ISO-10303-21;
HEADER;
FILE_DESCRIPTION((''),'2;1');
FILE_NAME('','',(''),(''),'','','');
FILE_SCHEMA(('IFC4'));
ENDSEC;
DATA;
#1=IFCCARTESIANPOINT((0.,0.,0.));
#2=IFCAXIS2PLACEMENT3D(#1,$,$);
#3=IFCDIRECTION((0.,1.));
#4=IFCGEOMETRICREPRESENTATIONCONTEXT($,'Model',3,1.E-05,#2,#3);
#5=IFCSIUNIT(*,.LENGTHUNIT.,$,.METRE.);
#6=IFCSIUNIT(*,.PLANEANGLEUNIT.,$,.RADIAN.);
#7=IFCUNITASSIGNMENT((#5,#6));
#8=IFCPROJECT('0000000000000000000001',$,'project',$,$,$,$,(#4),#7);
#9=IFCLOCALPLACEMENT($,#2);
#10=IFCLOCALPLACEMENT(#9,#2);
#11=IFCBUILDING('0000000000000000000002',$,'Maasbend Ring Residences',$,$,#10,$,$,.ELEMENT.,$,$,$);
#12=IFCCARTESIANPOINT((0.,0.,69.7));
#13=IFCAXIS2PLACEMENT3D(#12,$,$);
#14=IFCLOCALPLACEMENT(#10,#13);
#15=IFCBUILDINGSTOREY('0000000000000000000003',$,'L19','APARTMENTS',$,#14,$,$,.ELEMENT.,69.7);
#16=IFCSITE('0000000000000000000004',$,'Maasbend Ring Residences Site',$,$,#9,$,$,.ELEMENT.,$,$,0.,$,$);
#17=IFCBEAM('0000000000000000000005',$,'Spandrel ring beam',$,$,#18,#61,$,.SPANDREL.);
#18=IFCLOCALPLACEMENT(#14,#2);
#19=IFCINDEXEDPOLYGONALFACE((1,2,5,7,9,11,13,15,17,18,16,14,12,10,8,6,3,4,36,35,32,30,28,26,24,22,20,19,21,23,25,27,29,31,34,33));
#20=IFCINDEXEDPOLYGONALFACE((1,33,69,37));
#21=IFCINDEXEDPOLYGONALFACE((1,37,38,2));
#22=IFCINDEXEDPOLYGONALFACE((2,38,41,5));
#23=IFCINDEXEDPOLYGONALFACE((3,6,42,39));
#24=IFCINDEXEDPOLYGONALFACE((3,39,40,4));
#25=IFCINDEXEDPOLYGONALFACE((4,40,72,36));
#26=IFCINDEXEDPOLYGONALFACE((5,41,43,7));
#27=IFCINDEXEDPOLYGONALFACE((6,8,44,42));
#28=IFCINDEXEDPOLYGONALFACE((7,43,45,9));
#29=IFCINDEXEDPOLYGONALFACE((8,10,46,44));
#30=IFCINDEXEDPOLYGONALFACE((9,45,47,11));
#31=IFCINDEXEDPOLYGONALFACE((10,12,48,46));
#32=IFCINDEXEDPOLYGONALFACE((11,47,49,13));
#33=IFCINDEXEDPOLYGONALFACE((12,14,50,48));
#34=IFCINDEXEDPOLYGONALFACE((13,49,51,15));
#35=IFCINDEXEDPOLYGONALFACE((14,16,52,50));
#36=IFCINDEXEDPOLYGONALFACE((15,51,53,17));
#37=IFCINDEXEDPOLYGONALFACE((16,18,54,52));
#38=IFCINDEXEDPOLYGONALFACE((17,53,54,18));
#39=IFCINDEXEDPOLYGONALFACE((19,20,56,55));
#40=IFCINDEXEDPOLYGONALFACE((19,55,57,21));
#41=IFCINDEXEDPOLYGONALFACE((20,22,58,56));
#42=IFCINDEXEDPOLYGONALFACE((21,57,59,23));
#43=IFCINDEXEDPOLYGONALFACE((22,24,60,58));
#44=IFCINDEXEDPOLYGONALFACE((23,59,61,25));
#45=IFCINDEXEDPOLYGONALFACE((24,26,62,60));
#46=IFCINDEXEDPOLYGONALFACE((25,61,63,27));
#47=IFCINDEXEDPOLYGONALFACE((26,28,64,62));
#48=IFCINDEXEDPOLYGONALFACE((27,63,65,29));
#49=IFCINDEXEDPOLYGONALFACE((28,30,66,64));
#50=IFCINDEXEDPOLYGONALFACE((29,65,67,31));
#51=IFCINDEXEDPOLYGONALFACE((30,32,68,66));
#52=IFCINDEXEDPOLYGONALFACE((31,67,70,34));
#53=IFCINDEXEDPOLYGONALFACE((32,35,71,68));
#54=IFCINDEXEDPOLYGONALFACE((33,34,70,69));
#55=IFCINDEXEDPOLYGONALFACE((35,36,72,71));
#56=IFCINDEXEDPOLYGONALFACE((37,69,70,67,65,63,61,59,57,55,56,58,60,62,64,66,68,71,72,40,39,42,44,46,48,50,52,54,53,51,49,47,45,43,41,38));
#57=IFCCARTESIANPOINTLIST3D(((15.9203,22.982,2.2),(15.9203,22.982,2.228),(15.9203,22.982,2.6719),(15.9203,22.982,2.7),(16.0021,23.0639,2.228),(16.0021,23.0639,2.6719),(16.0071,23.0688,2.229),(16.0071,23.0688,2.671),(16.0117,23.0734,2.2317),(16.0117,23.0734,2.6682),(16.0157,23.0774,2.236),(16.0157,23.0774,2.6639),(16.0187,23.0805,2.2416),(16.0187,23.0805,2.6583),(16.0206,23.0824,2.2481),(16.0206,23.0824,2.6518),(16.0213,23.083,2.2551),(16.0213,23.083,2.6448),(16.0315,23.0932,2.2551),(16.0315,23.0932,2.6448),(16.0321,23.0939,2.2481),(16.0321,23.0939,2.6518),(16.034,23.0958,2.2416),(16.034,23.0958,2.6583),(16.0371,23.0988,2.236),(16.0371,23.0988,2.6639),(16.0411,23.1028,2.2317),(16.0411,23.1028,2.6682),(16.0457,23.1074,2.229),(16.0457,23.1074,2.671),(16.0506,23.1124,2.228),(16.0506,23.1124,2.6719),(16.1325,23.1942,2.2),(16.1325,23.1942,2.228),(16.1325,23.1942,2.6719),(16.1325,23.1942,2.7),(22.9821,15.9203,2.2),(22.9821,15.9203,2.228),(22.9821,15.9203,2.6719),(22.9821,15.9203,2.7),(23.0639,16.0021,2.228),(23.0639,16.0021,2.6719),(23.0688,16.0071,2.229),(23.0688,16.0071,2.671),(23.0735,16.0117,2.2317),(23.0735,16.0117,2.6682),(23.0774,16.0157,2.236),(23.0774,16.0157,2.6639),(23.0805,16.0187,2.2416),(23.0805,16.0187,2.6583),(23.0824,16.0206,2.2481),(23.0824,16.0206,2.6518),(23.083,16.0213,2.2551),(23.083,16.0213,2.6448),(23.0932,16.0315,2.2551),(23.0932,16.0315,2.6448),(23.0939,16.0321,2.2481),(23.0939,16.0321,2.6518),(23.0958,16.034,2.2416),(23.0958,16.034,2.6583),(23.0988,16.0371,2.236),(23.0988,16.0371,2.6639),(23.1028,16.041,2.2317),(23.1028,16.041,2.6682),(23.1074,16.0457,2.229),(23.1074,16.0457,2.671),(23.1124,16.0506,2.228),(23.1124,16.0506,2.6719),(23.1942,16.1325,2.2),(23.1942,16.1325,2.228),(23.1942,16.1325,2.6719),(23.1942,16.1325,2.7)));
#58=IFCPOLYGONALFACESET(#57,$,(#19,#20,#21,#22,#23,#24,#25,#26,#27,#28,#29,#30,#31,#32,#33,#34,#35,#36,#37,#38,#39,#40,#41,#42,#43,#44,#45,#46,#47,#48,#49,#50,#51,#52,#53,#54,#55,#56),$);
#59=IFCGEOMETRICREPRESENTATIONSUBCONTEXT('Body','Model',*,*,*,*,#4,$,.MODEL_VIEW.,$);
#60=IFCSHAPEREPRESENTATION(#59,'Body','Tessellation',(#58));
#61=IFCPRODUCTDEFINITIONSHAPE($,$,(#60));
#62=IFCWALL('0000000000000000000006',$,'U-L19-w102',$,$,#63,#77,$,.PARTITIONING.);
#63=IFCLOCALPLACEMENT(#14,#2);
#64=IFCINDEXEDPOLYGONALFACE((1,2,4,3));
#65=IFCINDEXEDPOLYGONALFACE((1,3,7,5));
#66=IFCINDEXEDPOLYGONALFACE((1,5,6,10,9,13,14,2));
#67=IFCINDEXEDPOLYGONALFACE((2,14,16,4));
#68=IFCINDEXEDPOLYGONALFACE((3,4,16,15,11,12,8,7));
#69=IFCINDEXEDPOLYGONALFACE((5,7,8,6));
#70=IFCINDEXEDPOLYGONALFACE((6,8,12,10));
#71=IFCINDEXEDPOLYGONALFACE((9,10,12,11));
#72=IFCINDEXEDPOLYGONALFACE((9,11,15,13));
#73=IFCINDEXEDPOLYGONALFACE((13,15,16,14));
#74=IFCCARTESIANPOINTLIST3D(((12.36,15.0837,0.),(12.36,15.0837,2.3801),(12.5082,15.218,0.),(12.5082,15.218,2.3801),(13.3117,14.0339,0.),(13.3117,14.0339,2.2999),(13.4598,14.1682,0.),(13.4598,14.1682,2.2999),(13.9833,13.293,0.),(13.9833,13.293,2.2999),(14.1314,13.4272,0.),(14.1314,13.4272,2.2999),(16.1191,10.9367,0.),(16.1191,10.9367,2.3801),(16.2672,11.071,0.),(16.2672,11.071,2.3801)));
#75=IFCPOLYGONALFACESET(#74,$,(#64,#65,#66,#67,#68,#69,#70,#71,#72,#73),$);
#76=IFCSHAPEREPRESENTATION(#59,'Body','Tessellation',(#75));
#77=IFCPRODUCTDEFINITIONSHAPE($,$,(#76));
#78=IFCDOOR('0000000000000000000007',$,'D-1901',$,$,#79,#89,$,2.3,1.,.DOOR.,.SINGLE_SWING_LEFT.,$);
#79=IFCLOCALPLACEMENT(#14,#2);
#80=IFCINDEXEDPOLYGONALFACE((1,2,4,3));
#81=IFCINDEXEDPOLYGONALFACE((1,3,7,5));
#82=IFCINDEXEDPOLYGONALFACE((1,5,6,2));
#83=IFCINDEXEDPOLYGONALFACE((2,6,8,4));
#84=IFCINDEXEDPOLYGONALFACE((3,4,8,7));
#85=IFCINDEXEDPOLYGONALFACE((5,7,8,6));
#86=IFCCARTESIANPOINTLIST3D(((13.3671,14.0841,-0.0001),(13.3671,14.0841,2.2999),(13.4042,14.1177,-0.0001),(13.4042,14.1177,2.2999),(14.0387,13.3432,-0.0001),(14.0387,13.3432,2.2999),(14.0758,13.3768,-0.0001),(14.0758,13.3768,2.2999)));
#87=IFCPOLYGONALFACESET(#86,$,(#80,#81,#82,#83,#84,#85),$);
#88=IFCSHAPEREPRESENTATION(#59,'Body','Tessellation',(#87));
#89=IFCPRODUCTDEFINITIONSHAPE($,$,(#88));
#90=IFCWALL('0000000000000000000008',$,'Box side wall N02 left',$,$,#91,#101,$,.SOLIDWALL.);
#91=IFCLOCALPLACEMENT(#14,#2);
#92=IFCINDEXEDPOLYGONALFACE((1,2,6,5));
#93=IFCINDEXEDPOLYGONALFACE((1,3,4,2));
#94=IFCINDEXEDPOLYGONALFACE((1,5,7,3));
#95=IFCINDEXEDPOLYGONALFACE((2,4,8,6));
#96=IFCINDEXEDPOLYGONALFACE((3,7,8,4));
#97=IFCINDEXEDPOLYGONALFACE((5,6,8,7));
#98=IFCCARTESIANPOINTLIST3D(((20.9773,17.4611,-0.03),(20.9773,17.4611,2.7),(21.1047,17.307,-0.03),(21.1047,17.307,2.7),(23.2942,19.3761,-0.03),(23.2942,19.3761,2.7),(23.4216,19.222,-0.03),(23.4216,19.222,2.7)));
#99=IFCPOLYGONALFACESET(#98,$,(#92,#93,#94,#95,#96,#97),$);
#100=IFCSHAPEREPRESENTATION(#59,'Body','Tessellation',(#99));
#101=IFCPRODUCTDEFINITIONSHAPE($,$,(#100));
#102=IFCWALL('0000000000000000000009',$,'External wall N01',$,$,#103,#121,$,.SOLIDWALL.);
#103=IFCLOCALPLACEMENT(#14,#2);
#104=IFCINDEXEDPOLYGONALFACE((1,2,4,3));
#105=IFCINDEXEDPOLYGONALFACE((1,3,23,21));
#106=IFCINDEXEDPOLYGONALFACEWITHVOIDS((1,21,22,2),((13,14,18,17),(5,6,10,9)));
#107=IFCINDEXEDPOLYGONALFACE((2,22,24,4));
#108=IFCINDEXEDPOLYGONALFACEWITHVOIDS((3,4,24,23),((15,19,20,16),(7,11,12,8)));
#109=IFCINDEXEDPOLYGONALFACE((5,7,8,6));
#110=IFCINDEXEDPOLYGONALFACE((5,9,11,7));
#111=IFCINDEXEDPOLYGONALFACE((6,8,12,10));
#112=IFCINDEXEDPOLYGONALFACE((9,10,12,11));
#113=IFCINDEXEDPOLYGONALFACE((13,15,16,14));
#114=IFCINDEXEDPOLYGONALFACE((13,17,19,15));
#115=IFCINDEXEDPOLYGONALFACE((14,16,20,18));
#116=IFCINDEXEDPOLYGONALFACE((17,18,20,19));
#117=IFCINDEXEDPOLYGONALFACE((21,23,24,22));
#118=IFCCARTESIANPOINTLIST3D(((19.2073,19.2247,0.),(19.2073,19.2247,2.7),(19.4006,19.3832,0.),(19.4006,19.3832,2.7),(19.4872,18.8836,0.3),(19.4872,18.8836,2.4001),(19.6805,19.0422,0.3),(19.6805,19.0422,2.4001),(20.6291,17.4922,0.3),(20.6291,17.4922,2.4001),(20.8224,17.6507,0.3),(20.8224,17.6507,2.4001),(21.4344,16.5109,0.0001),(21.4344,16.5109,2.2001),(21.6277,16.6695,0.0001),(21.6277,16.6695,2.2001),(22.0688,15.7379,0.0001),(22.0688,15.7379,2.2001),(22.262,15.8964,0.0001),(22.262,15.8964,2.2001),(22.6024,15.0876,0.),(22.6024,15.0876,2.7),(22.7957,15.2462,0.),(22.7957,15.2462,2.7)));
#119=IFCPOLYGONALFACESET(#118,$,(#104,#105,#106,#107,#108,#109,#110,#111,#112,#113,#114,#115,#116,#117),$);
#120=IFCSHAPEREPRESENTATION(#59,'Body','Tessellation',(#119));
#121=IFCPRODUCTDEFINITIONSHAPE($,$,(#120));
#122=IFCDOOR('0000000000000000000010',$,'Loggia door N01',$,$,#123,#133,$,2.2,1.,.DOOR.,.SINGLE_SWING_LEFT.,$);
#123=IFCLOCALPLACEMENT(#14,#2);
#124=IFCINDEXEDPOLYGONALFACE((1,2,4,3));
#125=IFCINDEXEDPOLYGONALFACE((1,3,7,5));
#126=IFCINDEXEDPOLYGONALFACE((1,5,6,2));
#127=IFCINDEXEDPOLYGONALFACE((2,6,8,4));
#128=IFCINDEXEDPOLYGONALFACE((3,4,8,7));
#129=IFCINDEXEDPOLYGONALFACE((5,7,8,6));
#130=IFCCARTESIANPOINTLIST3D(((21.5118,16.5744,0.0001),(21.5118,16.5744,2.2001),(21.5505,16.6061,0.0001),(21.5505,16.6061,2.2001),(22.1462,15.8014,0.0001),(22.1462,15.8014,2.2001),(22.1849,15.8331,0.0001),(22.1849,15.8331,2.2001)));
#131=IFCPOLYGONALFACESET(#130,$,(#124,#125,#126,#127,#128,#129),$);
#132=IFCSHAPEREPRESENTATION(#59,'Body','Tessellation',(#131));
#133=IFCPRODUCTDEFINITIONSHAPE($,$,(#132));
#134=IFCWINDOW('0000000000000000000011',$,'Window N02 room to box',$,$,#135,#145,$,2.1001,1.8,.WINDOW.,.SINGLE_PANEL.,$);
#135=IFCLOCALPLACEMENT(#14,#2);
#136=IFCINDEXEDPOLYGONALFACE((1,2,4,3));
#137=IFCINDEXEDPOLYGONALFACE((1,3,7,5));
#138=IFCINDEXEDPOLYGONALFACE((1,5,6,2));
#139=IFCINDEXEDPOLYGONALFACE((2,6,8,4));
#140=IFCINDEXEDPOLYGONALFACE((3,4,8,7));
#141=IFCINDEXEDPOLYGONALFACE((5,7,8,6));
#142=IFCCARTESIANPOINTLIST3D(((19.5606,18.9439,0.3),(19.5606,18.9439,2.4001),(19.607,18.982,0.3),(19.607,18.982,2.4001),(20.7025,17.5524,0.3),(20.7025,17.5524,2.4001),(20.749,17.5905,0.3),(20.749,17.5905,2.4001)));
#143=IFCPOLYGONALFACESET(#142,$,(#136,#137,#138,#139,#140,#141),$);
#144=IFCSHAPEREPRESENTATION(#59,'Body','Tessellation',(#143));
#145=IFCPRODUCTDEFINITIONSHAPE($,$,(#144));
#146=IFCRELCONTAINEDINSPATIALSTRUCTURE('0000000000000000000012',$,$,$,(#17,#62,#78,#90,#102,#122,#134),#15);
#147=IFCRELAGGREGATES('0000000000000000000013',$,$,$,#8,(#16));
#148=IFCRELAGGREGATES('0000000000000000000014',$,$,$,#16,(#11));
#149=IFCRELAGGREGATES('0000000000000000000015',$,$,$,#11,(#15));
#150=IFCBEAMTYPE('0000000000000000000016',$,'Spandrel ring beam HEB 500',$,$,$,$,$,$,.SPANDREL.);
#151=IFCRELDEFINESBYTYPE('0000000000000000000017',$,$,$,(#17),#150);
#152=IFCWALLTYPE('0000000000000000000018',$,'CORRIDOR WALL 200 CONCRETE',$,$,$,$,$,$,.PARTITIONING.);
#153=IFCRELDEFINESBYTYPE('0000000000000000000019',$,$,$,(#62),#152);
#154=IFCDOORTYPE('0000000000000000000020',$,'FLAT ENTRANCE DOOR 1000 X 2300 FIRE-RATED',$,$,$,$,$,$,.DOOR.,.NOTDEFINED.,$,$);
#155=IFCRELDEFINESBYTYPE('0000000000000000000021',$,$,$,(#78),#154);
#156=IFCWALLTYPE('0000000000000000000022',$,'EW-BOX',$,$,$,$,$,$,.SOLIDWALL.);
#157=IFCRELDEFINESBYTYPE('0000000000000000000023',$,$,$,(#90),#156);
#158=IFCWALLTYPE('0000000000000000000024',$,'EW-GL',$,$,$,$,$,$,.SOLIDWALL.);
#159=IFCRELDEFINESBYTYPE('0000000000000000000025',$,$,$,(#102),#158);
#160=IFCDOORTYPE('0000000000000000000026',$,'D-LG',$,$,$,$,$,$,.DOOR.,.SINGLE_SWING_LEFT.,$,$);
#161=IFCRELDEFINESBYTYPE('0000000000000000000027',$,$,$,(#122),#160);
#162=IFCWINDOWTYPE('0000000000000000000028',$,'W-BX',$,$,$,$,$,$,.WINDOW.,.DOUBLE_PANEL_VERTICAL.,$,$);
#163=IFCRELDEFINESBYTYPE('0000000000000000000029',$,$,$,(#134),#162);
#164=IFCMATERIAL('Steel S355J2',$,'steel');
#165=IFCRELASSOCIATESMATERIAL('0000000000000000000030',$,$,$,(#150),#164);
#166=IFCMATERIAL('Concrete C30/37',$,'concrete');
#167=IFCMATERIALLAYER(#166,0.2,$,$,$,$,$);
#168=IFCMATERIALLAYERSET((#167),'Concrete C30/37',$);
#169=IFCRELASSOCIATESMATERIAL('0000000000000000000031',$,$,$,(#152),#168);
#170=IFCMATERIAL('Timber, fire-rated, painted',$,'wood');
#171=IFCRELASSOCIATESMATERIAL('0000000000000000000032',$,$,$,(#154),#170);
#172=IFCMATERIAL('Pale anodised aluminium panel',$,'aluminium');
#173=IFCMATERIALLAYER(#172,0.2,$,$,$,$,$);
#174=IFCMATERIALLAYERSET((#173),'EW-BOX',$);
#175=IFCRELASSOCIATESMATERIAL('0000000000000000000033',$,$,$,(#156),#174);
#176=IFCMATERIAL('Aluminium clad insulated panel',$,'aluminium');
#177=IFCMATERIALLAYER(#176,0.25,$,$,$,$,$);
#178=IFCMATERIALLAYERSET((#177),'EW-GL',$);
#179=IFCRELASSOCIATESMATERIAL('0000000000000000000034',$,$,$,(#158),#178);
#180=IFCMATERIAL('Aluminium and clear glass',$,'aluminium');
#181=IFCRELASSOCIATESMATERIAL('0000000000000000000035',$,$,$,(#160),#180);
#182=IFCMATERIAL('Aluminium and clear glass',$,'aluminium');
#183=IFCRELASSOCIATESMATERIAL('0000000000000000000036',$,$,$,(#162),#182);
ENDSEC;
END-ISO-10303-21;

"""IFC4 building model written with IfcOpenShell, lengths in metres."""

from ifc_helpers import new_model, si_unit, direction, frame, frame_2d, origin, origin_2d, place, context, subcontext, project, spatial, rectangle, i_section, extrude, material, layer, layer_set, material_profile, profile_set, type_object, element, fill, save


model = new_model("IFC4")

# Units and contexts
model_context = context("Model", 3, precision=1e-05, world=origin(), true_north=direction((0.0, 1.0)))
body_context = subcontext(model_context, "Body", "Model", "MODEL_VIEW")
ifc_project = project(units=[si_unit("LENGTHUNIT", "METRE"), si_unit("PLANEANGLEUNIT", "RADIAN")], contexts=[model_context])

# Site, building, storey
site_placement = place(None, origin())
site = spatial("IfcSite", under=ifc_project, at=site_placement, Name="Maasbend Ring Residences Site", CompositionType="ELEMENT", RefElevation=0.0)
building_placement = place(site_placement, origin())
building = spatial("IfcBuilding", under=site, at=building_placement, Name="Maasbend Ring Residences", CompositionType="ELEMENT")
storey_placement = place(building_placement, frame((0.0, 0.0, 69.7)))
storey = spatial("IfcBuildingStorey", under=building, at=storey_placement, Name="L19", Description="APARTMENTS", CompositionType="ELEMENT", Elevation=69.7)

# Beam
ifc_material_1 = material(Name="Steel S355J2", Category="steel")
ifc_material_profile_1 = material_profile(ifc_material_1, i_section(OverallWidth=0.3, OverallDepth=0.5, WebThickness=0.0144, FlangeThickness=0.0281, FilletRadius=0.0271, at=origin_2d()), Name="HEB 500")
ifc_profile_set_1 = profile_set([ifc_material_profile_1], Name="Steel S355J2")
beam_type_1 = type_object("IfcBeamType", Name="Spandrel ring beam HEB 500", PredefinedType="SPANDREL", material=ifc_profile_set_1)
beam_1_placement = place(storey_placement, frame((23.0881, 16.0264, 2.45), z_axis=(-0.707107, 0.707107, 0.0), x_axis=(-0.707107, -0.707107, 0.0)))
element("IfcBeam", 1, at=beam_1_placement, inside=storey, type_object=beam_type_1, Name="Spandrel ring beam", PredefinedType="SPANDREL", context=body_context, shape_type="SweptSolid", body=[
    extrude(i_section(OverallWidth=0.3, OverallDepth=0.5, WebThickness=0.0144, FlangeThickness=0.0281, FilletRadius=0.0271, at=origin_2d()), origin(), (0.0, 0.0, 1.0), 9.9868),
])

# Wall, opening, door
ifc_material_2 = material(Name="Concrete C30/37", Category="concrete")
ifc_layer_1 = layer(ifc_material_2, 0.2)
ifc_layer_set_1 = layer_set([ifc_layer_1], Name="Concrete C30/37")
wall_type_1 = type_object("IfcWallType", Name="CORRIDOR WALL 200 CONCRETE", PredefinedType="PARTITIONING", material=ifc_layer_set_1)
wall_1_placement = place(storey_placement, frame((12.4341, 15.1509, 0.0), z_axis=(0.0, 0.0, 1.0), x_axis=(0.671602, -0.740912, 0.0)))
wall_1 = element("IfcWall", 2, at=wall_1_placement, inside=storey, type_object=wall_type_1, Name="U-L19-w102", PredefinedType="PARTITIONING", context=body_context, shape_type="SweptSolid", body=[
    extrude(rectangle(XDim=5.5972, YDim=0.2, at=frame_2d((2.7986, 0.0))), origin(), (0.0, 0.0, 1.0), 2.3801),
])
opening_1_placement = place(wall_1_placement, frame((1.417, 0.0, 0.0)))
opening_1 = element("IfcOpeningElement", 3, at=opening_1_placement, cuts=wall_1, PredefinedType="OPENING", context=body_context, shape_type="SweptSolid", body=[
    extrude(rectangle(XDim=1.0, YDim=2.3, at=frame_2d((0.5, 1.1499))), frame((0.0, 0.1099, 0.0), z_axis=(0.0, -1.0, 0.0), x_axis=(1.0, 0.0, 0.0)), (0.0, 0.0, 1.0), 0.22),
])
ifc_material_3 = material(Name="Timber, fire-rated, painted", Category="wood")
door_type_1 = type_object("IfcDoorType", Name="FLAT ENTRANCE DOOR 1000 X 2300 FIRE-RATED", OperationType="NOTDEFINED", PredefinedType="DOOR", material=ifc_material_3)
door_1_placement = place(opening_1_placement, origin())
door_1 = element("IfcDoor", 4, at=door_1_placement, inside=storey, type_object=door_type_1, Name="D-1901", OperationType="SINGLE_SWING_LEFT", OverallHeight=2.3, OverallWidth=1.0, PredefinedType="DOOR", context=body_context, shape_type="SweptSolid", body=[
    extrude(rectangle(XDim=1.0, YDim=2.3, at=frame_2d((0.5, 1.1499))), frame((0.0, 0.0249, 0.0), z_axis=(0.0, -1.0, 0.0), x_axis=(1.0, 0.0, 0.0)), (0.0, 0.0, 1.0), 0.05),
])
fill(opening_1, door_1)

# Wall
ifc_material_4 = material(Name="Pale anodised aluminium panel", Category="aluminium")
ifc_layer_2 = layer(ifc_material_4, 0.2)
ifc_layer_set_2 = layer_set([ifc_layer_2], Name="EW-BOX")
wall_type_2 = type_object("IfcWallType", Name="EW-BOX", PredefinedType="SOLIDWALL", material=ifc_layer_set_2)
wall_2_placement = place(storey_placement, frame((21.041, 17.384, -0.03), z_axis=(0.0, 0.0, 1.0), x_axis=(0.770785, 0.637096, 0.0)))
element("IfcWall", 5, at=wall_2_placement, inside=storey, type_object=wall_type_2, Name="Box side wall N02 left", PredefinedType="SOLIDWALL", context=body_context, shape_type="SweptSolid", body=[
    extrude(rectangle(XDim=3.0059, YDim=0.2, at=frame_2d((1.5029, 0.0))), origin(), (0.0, 0.0, 1.0), 2.73),
])

# Wall, openings, door, window
ifc_material_5 = material(Name="Aluminium clad insulated panel", Category="aluminium")
ifc_layer_3 = layer(ifc_material_5, 0.25)
ifc_layer_set_3 = layer_set([ifc_layer_3], Name="EW-GL")
wall_type_3 = type_object("IfcWallType", Name="EW-GL", PredefinedType="SOLIDWALL", material=ifc_layer_set_3)
wall_3_placement = place(storey_placement, frame((22.699, 15.167, 0.0), z_axis=(0.0, 0.0, 1.0), x_axis=(-0.634382, 0.773019, 0.0)))
wall_3 = element("IfcWall", 6, at=wall_3_placement, inside=storey, type_object=wall_type_3, Name="External wall N01", PredefinedType="SOLIDWALL", context=body_context, shape_type="SweptSolid", body=[
    extrude(rectangle(XDim=5.3518, YDim=0.25, at=frame_2d((2.6758, 0.0))), origin(), (0.0, 0.0, 1.0), 2.7),
])
opening_2_placement = place(wall_3_placement, frame((0.8411, 0.0, 0.0)))
opening_2 = element("IfcOpeningElement", 7, at=opening_2_placement, cuts=wall_3, PredefinedType="OPENING", context=body_context, shape_type="SweptSolid", body=[
    extrude(rectangle(XDim=1.0, YDim=2.2, at=frame_2d((0.5, 1.1001))), frame((0.0, 0.135, 0.0), z_axis=(0.0, -1.0, 0.0), x_axis=(1.0, 0.0, 0.0)), (0.0, 0.0, 1.0), 0.27),
])
opening_3_placement = place(wall_3_placement, frame((3.1106, 0.0, 0.3)))
opening_3 = element("IfcOpeningElement", 8, at=opening_3_placement, cuts=wall_3, PredefinedType="OPENING", context=body_context, shape_type="SweptSolid", body=[
    extrude(rectangle(XDim=1.8, YDim=2.1001, at=frame_2d((0.8999, 1.05))), frame((0.0, 0.135, 0.0), z_axis=(0.0, -1.0, 0.0), x_axis=(1.0, 0.0, 0.0)), (0.0, 0.0, 1.0), 0.27),
])
ifc_material_6 = material(Name="Aluminium and clear glass", Category="aluminium")
door_type_2 = type_object("IfcDoorType", Name="D-LG", OperationType="SINGLE_SWING_LEFT", PredefinedType="DOOR", material=ifc_material_6)
door_2_placement = place(opening_2_placement, origin())
door_2 = element("IfcDoor", 9, at=door_2_placement, inside=storey, type_object=door_type_2, Name="Loggia door N01", OperationType="SINGLE_SWING_LEFT", OverallHeight=2.2, OverallWidth=1.0, PredefinedType="DOOR", context=body_context, shape_type="SweptSolid", body=[
    extrude(rectangle(XDim=1.0, YDim=2.2, at=frame_2d((0.5, 1.1001))), frame((0.0, 0.0249, 0.0), z_axis=(0.0, -1.0, 0.0), x_axis=(1.0, 0.0, 0.0)), (0.0, 0.0, 1.0), 0.05),
])
fill(opening_2, door_2)
ifc_material_7 = material(Name="Aluminium and clear glass", Category="aluminium")
window_type = type_object("IfcWindowType", Name="W-BX", PartitioningType="DOUBLE_PANEL_VERTICAL", PredefinedType="WINDOW", material=ifc_material_7)
window_placement = place(opening_3_placement, origin())
window = element("IfcWindow", 10, at=window_placement, inside=storey, type_object=window_type, Name="Window N02 room to box", OverallHeight=2.1001, OverallWidth=1.8, PartitioningType="SINGLE_PANEL", PredefinedType="WINDOW", context=body_context, shape_type="SweptSolid", body=[
    extrude(rectangle(XDim=1.8, YDim=2.1001, at=frame_2d((0.8999, 1.05))), frame((0.0, 0.03, 0.0), z_axis=(0.0, -1.0, 0.0), x_axis=(1.0, 0.0, 0.0)), (0.0, 0.0, 1.0), 0.0601),
])
fill(opening_3, window)

save(model, "model.ifc")
